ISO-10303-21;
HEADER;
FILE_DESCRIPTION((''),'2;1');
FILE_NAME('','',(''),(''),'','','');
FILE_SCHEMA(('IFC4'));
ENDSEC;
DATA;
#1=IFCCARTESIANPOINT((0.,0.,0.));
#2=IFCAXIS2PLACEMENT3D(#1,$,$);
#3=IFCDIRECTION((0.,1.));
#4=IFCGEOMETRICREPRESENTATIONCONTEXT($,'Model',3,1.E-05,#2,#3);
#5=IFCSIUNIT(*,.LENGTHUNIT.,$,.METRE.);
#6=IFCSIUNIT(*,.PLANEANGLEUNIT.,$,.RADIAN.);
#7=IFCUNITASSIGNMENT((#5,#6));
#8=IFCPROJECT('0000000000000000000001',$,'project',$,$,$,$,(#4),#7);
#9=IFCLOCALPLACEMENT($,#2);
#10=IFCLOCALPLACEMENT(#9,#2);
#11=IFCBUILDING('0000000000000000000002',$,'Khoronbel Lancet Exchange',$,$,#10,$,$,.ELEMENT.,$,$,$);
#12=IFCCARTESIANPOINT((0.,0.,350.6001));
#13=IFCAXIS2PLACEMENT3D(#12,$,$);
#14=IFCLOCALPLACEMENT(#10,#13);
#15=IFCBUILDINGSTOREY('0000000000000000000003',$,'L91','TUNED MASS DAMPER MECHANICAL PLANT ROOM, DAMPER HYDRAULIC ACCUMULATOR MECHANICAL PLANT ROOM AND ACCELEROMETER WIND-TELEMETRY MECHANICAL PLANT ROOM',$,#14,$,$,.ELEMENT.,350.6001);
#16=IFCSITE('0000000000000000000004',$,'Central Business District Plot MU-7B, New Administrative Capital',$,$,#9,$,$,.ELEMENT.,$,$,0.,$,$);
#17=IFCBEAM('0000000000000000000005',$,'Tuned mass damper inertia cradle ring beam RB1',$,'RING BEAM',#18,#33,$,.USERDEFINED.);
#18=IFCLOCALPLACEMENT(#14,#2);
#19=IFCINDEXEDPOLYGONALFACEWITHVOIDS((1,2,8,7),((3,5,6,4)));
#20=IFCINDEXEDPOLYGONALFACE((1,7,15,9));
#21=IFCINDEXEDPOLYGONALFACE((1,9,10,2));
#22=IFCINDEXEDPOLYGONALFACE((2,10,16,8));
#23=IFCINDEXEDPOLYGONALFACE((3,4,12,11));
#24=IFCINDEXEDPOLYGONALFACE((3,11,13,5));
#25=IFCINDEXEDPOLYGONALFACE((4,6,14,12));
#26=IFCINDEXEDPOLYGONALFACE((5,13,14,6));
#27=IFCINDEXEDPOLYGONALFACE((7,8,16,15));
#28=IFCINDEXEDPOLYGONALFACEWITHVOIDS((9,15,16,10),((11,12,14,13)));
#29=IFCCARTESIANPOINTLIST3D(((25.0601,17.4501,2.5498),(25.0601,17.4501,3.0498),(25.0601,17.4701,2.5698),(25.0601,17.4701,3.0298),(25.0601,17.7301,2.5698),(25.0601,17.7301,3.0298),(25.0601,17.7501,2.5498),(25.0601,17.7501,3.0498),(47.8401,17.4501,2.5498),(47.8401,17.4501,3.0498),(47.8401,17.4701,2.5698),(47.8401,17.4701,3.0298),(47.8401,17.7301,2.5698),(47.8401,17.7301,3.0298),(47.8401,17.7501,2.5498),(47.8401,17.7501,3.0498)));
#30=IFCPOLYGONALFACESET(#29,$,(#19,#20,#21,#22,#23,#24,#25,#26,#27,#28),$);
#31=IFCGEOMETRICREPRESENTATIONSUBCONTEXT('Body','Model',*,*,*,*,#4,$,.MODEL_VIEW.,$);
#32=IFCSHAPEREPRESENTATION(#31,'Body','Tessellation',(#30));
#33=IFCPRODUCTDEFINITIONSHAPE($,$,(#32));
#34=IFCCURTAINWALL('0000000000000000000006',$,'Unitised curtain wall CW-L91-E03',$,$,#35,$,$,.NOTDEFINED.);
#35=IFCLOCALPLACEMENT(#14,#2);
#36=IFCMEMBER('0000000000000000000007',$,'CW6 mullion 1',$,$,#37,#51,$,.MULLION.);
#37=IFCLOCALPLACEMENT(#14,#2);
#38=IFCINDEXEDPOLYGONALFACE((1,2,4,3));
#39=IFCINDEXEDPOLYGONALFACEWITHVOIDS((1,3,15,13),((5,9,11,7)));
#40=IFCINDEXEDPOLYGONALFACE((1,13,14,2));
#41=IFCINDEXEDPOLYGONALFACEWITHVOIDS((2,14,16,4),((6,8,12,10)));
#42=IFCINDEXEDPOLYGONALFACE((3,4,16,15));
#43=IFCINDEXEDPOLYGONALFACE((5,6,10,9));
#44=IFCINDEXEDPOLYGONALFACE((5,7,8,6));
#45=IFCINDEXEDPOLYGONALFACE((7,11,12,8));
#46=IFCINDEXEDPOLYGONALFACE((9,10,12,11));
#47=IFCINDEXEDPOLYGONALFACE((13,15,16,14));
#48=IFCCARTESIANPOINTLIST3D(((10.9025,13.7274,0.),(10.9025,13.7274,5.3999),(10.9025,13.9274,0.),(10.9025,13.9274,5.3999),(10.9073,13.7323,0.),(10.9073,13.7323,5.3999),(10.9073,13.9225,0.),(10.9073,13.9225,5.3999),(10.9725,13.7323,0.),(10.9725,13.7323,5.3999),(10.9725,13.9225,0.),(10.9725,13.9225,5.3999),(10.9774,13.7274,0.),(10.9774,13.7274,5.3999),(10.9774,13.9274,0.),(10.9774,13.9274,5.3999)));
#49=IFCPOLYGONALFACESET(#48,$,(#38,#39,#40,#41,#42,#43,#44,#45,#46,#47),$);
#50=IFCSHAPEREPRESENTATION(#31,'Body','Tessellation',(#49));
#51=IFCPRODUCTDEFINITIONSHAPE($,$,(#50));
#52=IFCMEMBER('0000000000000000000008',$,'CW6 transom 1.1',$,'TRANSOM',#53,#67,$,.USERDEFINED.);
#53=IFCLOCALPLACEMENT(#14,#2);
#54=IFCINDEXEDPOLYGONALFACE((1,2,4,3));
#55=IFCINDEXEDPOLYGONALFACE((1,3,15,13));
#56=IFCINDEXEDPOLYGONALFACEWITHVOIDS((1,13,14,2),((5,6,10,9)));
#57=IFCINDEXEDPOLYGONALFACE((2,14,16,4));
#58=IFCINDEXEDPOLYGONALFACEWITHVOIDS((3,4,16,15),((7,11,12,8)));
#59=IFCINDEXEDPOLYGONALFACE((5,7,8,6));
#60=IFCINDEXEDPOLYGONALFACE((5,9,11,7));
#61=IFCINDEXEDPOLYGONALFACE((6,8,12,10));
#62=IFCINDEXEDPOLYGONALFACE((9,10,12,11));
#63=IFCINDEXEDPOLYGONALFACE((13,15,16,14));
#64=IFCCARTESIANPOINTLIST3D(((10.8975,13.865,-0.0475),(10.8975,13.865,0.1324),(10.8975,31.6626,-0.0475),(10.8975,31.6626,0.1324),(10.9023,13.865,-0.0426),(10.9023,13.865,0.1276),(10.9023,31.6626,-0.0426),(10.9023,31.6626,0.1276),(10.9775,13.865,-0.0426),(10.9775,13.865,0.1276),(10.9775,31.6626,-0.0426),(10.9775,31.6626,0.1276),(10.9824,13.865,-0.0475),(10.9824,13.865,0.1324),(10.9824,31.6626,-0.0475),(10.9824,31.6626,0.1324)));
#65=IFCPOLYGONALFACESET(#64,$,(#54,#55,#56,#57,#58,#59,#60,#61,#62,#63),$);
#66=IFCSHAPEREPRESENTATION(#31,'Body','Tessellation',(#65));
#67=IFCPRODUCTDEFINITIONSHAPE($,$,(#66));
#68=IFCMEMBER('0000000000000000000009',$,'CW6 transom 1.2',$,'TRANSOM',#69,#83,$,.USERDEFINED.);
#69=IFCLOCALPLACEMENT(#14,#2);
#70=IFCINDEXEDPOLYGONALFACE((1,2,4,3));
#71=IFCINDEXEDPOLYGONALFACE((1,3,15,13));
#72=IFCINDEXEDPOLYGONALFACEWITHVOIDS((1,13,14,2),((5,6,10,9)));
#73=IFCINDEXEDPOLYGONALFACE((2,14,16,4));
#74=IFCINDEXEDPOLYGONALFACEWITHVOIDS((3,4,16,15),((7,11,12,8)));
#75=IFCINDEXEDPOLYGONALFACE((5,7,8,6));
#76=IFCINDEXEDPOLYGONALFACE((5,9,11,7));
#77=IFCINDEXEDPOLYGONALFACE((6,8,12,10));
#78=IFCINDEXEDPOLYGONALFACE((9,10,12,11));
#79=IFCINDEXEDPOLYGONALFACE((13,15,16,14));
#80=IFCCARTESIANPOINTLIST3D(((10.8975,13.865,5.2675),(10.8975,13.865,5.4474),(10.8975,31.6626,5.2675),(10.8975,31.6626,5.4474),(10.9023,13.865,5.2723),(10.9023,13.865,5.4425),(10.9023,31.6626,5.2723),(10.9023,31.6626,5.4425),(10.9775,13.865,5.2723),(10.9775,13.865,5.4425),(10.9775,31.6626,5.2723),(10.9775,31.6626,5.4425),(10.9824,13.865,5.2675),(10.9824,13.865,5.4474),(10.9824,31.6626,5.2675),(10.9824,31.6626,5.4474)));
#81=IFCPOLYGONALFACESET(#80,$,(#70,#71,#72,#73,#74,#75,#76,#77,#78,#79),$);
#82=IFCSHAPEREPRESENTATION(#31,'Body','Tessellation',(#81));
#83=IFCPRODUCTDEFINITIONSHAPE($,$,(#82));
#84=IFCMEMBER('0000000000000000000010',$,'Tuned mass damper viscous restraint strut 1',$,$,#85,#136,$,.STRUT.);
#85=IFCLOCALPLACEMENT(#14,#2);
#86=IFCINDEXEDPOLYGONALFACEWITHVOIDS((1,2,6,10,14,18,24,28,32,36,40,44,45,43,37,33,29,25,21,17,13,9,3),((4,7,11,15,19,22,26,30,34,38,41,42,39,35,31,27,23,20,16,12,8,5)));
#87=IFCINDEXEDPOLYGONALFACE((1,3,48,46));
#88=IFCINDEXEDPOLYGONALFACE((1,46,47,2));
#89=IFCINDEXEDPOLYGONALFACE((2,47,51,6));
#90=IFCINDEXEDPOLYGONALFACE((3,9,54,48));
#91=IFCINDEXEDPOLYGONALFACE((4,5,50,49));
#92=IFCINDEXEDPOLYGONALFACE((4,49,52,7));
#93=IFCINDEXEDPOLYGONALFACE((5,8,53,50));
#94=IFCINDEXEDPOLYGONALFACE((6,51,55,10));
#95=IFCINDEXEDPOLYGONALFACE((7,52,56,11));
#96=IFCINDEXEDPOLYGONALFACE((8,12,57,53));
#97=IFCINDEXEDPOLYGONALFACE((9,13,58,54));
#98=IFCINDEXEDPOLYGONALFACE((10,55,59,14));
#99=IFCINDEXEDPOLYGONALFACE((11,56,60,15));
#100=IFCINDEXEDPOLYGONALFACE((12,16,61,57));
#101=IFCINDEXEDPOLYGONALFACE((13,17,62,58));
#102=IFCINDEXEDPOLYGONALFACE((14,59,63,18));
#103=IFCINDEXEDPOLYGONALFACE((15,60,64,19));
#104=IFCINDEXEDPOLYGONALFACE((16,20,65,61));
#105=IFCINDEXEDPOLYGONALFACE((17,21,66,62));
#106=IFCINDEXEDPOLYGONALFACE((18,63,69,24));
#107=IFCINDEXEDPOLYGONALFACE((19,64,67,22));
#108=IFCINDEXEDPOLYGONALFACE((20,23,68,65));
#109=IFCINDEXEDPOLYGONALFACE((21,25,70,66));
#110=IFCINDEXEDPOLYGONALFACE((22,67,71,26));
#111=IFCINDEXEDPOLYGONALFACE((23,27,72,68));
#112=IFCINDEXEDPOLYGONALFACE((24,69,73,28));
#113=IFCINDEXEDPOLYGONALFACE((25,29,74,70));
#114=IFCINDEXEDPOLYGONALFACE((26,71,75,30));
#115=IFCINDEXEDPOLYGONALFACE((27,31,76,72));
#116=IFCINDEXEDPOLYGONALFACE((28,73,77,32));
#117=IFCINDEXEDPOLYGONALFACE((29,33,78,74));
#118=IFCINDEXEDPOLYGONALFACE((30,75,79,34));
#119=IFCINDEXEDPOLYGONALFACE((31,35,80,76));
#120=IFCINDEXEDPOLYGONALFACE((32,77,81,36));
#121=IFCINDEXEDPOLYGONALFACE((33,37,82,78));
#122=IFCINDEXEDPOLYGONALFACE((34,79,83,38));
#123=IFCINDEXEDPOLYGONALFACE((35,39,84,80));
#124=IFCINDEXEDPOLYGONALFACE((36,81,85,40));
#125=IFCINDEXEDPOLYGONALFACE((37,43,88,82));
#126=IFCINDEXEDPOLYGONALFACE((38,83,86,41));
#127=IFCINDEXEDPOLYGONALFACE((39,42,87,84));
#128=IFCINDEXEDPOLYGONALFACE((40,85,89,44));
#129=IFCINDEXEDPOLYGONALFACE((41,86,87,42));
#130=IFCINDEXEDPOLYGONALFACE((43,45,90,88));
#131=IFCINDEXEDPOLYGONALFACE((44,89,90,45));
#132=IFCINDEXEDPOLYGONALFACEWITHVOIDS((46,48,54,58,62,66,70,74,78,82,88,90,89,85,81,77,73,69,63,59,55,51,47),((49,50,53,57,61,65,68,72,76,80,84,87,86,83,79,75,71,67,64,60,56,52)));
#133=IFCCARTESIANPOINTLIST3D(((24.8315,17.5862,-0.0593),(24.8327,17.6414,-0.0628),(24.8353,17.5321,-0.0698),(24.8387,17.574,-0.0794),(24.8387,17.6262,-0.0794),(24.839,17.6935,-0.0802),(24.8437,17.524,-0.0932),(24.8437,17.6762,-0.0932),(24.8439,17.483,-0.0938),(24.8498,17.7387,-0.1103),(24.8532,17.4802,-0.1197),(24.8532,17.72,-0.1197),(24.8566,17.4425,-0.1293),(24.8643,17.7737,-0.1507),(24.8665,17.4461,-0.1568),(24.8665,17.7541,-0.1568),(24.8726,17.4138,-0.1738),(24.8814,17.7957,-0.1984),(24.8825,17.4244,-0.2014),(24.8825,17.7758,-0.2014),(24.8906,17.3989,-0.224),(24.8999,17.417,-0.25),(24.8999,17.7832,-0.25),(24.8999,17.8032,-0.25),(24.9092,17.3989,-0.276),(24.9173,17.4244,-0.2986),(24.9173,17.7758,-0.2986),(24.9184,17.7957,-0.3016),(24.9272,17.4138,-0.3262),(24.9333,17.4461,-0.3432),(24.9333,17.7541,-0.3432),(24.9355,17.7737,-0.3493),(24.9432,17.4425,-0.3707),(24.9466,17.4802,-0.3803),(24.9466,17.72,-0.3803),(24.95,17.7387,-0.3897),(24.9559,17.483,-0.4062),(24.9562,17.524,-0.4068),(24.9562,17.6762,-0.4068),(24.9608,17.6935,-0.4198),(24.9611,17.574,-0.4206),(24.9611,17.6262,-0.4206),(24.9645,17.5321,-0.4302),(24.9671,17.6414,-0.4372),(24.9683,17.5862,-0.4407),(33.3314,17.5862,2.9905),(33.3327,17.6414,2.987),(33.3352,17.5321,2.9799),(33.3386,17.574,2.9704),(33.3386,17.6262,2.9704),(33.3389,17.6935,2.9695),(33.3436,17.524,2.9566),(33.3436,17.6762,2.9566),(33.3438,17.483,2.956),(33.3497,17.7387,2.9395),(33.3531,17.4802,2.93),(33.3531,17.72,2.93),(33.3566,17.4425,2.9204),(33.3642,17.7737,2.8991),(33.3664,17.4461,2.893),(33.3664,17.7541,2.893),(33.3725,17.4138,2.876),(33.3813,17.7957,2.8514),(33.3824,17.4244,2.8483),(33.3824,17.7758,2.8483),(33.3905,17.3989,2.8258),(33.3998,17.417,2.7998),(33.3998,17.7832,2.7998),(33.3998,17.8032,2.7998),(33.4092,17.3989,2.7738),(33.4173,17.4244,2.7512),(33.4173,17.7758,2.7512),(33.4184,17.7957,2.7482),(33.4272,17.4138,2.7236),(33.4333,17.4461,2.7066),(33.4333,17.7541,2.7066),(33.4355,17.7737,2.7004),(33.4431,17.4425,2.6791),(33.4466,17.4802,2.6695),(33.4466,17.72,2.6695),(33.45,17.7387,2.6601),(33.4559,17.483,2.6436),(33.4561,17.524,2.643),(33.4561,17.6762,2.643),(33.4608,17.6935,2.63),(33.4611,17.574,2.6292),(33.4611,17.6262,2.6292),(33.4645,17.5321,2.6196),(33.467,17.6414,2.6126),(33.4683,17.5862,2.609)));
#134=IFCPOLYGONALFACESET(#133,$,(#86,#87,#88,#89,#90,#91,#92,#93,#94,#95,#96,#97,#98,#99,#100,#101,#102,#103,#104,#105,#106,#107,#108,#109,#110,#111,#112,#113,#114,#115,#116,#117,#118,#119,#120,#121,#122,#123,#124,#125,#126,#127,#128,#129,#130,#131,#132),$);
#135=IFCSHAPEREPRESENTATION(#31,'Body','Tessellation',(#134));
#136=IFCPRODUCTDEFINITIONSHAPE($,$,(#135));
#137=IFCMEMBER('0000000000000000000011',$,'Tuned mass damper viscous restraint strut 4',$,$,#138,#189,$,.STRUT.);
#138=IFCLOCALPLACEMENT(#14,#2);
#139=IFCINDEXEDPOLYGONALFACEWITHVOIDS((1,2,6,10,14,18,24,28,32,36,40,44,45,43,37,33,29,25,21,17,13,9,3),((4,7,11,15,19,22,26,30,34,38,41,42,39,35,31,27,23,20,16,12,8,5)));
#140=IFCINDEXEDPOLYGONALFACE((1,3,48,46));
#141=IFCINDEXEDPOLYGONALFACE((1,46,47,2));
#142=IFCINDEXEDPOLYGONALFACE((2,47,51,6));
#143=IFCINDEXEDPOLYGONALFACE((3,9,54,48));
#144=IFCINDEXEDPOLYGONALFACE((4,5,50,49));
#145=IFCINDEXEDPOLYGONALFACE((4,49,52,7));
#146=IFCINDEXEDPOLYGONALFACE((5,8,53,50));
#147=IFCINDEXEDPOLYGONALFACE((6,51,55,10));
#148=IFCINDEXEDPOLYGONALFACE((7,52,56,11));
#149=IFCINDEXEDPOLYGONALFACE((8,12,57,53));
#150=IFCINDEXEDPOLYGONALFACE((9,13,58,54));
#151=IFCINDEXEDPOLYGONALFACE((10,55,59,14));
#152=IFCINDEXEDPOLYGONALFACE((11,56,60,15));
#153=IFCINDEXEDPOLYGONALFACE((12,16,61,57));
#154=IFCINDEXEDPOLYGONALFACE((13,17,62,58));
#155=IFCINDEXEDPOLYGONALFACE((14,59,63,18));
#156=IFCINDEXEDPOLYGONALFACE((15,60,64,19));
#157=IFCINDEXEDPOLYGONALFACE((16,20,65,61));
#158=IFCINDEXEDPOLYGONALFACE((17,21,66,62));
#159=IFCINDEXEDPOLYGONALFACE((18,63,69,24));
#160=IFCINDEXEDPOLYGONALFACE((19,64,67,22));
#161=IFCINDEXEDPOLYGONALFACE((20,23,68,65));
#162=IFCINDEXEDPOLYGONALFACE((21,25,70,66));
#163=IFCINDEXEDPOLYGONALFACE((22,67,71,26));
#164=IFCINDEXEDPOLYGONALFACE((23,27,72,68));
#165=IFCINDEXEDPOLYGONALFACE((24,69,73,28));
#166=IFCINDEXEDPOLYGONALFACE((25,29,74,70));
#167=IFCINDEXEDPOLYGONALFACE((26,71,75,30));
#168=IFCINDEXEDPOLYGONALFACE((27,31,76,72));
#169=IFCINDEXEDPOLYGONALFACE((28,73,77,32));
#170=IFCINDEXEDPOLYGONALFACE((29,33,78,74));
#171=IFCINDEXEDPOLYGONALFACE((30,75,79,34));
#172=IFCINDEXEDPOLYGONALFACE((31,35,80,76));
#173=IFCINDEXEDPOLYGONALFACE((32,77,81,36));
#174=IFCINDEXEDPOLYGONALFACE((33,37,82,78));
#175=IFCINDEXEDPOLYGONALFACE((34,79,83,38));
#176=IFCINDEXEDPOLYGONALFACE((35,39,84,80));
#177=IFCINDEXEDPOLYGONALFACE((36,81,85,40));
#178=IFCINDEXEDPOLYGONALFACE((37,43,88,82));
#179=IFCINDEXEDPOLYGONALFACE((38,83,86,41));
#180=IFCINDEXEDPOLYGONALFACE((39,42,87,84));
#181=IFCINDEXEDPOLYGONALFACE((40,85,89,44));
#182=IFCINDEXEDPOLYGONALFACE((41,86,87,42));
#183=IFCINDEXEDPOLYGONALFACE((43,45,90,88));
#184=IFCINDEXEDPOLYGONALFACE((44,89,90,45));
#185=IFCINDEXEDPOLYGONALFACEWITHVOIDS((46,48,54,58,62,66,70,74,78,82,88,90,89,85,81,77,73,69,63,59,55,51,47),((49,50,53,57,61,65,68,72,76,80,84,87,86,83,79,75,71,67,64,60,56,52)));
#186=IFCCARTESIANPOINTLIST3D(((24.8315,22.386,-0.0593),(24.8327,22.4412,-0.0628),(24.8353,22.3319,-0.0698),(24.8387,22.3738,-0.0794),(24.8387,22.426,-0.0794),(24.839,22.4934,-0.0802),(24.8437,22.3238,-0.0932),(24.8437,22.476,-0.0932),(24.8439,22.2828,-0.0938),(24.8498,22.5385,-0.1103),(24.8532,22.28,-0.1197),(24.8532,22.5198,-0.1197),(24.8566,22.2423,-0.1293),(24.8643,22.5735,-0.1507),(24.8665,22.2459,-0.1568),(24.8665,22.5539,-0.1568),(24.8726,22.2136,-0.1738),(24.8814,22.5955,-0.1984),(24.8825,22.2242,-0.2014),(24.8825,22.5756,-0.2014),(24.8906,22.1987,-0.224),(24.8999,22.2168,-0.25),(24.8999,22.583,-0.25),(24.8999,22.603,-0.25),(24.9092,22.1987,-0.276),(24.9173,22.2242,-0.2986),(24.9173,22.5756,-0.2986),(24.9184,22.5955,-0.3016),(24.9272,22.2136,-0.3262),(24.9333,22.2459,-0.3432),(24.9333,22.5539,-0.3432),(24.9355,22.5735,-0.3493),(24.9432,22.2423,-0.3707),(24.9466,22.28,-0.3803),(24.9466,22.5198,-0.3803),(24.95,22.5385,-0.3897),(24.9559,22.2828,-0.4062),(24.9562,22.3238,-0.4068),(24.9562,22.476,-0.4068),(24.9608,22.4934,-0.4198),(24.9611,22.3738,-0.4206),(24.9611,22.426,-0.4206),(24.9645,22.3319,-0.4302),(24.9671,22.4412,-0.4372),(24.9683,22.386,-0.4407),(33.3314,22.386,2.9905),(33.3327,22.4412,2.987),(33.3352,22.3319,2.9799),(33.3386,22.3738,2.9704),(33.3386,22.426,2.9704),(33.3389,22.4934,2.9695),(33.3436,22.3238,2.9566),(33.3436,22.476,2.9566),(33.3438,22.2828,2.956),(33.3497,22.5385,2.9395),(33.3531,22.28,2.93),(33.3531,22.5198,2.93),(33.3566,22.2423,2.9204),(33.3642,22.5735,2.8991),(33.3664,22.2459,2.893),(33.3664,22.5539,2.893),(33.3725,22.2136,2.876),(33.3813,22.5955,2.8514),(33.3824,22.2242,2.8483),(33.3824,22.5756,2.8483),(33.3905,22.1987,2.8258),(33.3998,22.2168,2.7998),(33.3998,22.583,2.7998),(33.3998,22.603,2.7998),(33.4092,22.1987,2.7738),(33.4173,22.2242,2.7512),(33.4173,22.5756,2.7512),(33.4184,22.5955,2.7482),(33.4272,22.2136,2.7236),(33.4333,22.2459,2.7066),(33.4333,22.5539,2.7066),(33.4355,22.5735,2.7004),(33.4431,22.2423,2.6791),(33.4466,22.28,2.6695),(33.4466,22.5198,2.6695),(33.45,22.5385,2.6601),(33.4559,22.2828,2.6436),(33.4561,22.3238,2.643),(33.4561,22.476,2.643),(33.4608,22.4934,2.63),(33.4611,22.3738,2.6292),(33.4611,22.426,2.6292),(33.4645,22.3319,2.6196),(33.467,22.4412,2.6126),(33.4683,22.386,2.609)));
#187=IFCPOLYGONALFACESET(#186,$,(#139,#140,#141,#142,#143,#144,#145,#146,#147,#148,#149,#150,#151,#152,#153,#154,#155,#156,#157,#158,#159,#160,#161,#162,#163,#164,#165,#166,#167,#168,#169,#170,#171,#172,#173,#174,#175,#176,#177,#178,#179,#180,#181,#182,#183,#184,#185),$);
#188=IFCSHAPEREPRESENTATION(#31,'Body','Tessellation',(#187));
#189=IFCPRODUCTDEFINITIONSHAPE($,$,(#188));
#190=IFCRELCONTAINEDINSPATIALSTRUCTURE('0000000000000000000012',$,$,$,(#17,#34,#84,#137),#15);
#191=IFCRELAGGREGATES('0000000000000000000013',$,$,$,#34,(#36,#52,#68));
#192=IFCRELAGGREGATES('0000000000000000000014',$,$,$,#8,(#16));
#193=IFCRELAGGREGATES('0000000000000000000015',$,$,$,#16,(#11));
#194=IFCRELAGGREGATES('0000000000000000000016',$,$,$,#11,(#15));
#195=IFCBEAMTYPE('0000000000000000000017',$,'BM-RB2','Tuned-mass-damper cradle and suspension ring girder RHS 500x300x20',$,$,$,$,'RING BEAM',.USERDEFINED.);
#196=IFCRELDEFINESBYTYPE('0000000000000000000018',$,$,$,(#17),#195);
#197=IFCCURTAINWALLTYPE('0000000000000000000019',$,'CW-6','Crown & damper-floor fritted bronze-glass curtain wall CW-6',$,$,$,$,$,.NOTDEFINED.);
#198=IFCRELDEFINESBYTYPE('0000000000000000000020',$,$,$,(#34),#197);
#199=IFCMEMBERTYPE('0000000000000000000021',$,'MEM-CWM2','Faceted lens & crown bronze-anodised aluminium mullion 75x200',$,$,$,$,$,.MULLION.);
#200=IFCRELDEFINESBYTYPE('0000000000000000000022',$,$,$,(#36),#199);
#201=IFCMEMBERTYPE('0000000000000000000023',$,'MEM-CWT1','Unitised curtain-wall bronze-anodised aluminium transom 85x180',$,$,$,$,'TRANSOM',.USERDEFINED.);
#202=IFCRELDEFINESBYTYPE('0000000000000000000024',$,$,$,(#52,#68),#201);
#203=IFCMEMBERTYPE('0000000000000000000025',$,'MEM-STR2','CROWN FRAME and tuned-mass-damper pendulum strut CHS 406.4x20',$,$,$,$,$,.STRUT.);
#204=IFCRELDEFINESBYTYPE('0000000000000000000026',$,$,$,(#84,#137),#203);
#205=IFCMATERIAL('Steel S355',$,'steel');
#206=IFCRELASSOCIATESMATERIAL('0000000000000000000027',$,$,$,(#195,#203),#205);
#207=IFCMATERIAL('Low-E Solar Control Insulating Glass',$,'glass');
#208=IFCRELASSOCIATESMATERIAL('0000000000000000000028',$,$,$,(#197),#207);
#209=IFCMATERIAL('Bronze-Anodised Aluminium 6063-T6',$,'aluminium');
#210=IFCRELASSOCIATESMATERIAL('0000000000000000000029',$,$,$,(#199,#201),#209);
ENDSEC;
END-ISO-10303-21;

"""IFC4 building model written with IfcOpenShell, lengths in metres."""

from ifc_helpers import new_model, si_unit, direction, frame, origin, origin_2d, place, context, subcontext, project, spatial, hollow_rectangle, hollow_circle, extrude, material, material_profile, profile_set, type_object, element, aggregate, save


model = new_model("IFC4")

# Units and contexts
model_context = context("Model", 3, precision=1e-05, world=origin(), true_north=direction((0.0, 1.0)))
body_context = subcontext(model_context, "Body", "Model", "MODEL_VIEW")
ifc_project = project(units=[si_unit("LENGTHUNIT", "METRE"), si_unit("PLANEANGLEUNIT", "RADIAN")], contexts=[model_context])

# Site, building, storey
site_placement = place(None, origin())
site = spatial("IfcSite", under=ifc_project, at=site_placement, Name="Central Business District Plot MU-7B, New Administrative Capital", CompositionType="ELEMENT", RefElevation=0.0)
building_placement = place(site_placement, origin())
building = spatial("IfcBuilding", under=site, at=building_placement, Name="Khoronbel Lancet Exchange", CompositionType="ELEMENT")
storey_placement = place(building_placement, frame((0.0, 0.0, 350.6001)))
storey = spatial("IfcBuildingStorey", under=building, at=storey_placement, Name="L91", Description="TUNED MASS DAMPER MECHANICAL PLANT ROOM, DAMPER HYDRAULIC ACCUMULATOR MECHANICAL PLANT ROOM AND ACCELEROMETER WIND-TELEMETRY MECHANICAL PLANT ROOM", CompositionType="ELEMENT", Elevation=350.6001)

# Shared definitions
ifc_material_1 = material(Name="Steel S355", Category="steel")

# Beam
ifc_material_profile_1 = material_profile(ifc_material_1, hollow_rectangle(XDim=0.3, YDim=0.5, WallThickness=0.02, at=origin_2d()), Name="RHS 500x300x20")
ifc_profile_set_1 = profile_set([ifc_material_profile_1], Name="Steel S355")
beam_type_1 = type_object("IfcBeamType", Name="BM-RB2", Description="Tuned-mass-damper cradle and suspension ring girder RHS 500x300x20", ElementType="RING BEAM", PredefinedType="USERDEFINED", material=ifc_profile_set_1)
beam_1_placement = place(storey_placement, frame((25.0601, 17.6001, 2.7998), z_axis=(1.0, 0.0, 0.0), x_axis=(0.0, 1.0, 0.0)))
element("IfcBeam", 1, at=beam_1_placement, inside=storey, type_object=beam_type_1, Name="Tuned mass damper inertia cradle ring beam RB1", ObjectType="RING BEAM", PredefinedType="USERDEFINED", context=body_context, shape_type="SweptSolid", body=[
    extrude(hollow_rectangle(XDim=0.3, YDim=0.5, WallThickness=0.02, at=origin_2d()), origin(), (0.0, 0.0, 1.0), 22.78),
])

# Curtain wall, members
ifc_material_2 = material(Name="Low-E Solar Control Insulating Glass", Category="glass")
curtain_wall_type = type_object("IfcCurtainWallType", Name="CW-6", Description="Crown & damper-floor fritted bronze-glass curtain wall CW-6", PredefinedType="NOTDEFINED", material=ifc_material_2)
curtain_wall_placement = place(storey_placement, origin())
curtain_wall = element("IfcCurtainWall", 2, at=curtain_wall_placement, inside=storey, type_object=curtain_wall_type, Name="Unitised curtain wall CW-L91-E03", PredefinedType="NOTDEFINED")
ifc_material_3 = material(Name="Bronze-Anodised Aluminium 6063-T6", Category="aluminium")
ifc_material_profile_2 = material_profile(ifc_material_3, hollow_rectangle(XDim=0.075, YDim=0.2, WallThickness=0.0049, at=origin_2d()), Name="ALU MULLION 75x200")
ifc_profile_set_2 = profile_set([ifc_material_profile_2], Name="Bronze-Anodised Aluminium 6063-T6")
member_type_1 = type_object("IfcMemberType", Name="MEM-CWM2", Description="Faceted lens & crown bronze-anodised aluminium mullion 75x200", PredefinedType="MULLION", material=ifc_profile_set_2)
member_1_placement = place(storey_placement, frame((10.9399, 13.8274, 0.0), z_axis=(0.0, 0.0, 1.0), x_axis=(-1.0, 0.0, 0.0)))
member_1 = element("IfcMember", 3, at=member_1_placement, type_object=member_type_1, Name="CW6 mullion 1", PredefinedType="MULLION", context=body_context, shape_type="SweptSolid", body=[
    extrude(hollow_rectangle(XDim=0.075, YDim=0.2, WallThickness=0.0049, at=origin_2d()), origin(), (0.0, 0.0, 1.0), 5.3999),
])
ifc_material_profile_3 = material_profile(ifc_material_3, hollow_rectangle(XDim=0.085, YDim=0.1799, WallThickness=0.0049, at=origin_2d()), Name="ALU TRANSOM 85x180")
ifc_profile_set_3 = profile_set([ifc_material_profile_3], Name="Bronze-Anodised Aluminium 6063-T6")
member_type_2 = type_object("IfcMemberType", Name="MEM-CWT1", Description="Unitised curtain-wall bronze-anodised aluminium transom 85x180", ElementType="TRANSOM", PredefinedType="USERDEFINED", material=ifc_profile_set_3)
member_2_placement = place(storey_placement, frame((10.9399, 13.865, 0.0425), z_axis=(0.0, 1.0, 0.0), x_axis=(-1.0, 0.0, 0.0)))
member_2 = element("IfcMember", 4, at=member_2_placement, type_object=member_type_2, Name="CW6 transom 1.1", ObjectType="TRANSOM", PredefinedType="USERDEFINED", context=body_context, shape_type="SweptSolid", body=[
    extrude(hollow_rectangle(XDim=0.085, YDim=0.1799, WallThickness=0.0049, at=origin_2d()), origin(), (0.0, 0.0, 1.0), 17.7976),
])
member_3_placement = place(storey_placement, frame((10.9399, 13.865, 5.3574), z_axis=(0.0, 1.0, 0.0), x_axis=(-1.0, 0.0, 0.0)))
member_3 = element("IfcMember", 5, at=member_3_placement, type_object=member_type_2, Name="CW6 transom 1.2", ObjectType="TRANSOM", PredefinedType="USERDEFINED", context=body_context, shape_type="SweptSolid", body=[
    extrude(hollow_rectangle(XDim=0.085, YDim=0.1799, WallThickness=0.0049, at=origin_2d()), origin(), (0.0, 0.0, 1.0), 17.7976),
])
aggregate(curtain_wall, [member_1, member_2, member_3])

# Members
ifc_material_profile_4 = material_profile(ifc_material_1, hollow_circle(Radius=0.2031, WallThickness=0.02, at=origin_2d()), Name="CHS 406.4x20")
ifc_profile_set_4 = profile_set([ifc_material_profile_4], Name="Steel S355")
member_type_3 = type_object("IfcMemberType", Name="MEM-STR2", Description="CROWN FRAME and tuned-mass-damper pendulum strut CHS 406.4x20", PredefinedType="STRUT", material=ifc_profile_set_4)
for number, where, z_axis, x_axis, name in (
    (6, (24.8999, 17.6001, -0.25), (0.941247, 0.0, 0.33772), (0.0, 1.0, 0.0), "Tuned mass damper viscous restraint strut 1"),
    (7, (24.8999, 22.3999, -0.25), (0.941247, 0.0, 0.33772), (0.0, 1.0, 0.0), "Tuned mass damper viscous restraint strut 4"),
):
    element("IfcMember", number, at=place(storey_placement, frame(where, z_axis=z_axis, x_axis=x_axis)), inside=storey, type_object=member_type_3, Name=name, PredefinedType="STRUT", context=body_context, shape_type="SweptSolid", body=[
        extrude(hollow_circle(Radius=0.2031, WallThickness=0.02, at=origin_2d()), origin(), (0.0, 0.0, 1.0), 9.0305),
    ])

save(model, "model.ifc")
